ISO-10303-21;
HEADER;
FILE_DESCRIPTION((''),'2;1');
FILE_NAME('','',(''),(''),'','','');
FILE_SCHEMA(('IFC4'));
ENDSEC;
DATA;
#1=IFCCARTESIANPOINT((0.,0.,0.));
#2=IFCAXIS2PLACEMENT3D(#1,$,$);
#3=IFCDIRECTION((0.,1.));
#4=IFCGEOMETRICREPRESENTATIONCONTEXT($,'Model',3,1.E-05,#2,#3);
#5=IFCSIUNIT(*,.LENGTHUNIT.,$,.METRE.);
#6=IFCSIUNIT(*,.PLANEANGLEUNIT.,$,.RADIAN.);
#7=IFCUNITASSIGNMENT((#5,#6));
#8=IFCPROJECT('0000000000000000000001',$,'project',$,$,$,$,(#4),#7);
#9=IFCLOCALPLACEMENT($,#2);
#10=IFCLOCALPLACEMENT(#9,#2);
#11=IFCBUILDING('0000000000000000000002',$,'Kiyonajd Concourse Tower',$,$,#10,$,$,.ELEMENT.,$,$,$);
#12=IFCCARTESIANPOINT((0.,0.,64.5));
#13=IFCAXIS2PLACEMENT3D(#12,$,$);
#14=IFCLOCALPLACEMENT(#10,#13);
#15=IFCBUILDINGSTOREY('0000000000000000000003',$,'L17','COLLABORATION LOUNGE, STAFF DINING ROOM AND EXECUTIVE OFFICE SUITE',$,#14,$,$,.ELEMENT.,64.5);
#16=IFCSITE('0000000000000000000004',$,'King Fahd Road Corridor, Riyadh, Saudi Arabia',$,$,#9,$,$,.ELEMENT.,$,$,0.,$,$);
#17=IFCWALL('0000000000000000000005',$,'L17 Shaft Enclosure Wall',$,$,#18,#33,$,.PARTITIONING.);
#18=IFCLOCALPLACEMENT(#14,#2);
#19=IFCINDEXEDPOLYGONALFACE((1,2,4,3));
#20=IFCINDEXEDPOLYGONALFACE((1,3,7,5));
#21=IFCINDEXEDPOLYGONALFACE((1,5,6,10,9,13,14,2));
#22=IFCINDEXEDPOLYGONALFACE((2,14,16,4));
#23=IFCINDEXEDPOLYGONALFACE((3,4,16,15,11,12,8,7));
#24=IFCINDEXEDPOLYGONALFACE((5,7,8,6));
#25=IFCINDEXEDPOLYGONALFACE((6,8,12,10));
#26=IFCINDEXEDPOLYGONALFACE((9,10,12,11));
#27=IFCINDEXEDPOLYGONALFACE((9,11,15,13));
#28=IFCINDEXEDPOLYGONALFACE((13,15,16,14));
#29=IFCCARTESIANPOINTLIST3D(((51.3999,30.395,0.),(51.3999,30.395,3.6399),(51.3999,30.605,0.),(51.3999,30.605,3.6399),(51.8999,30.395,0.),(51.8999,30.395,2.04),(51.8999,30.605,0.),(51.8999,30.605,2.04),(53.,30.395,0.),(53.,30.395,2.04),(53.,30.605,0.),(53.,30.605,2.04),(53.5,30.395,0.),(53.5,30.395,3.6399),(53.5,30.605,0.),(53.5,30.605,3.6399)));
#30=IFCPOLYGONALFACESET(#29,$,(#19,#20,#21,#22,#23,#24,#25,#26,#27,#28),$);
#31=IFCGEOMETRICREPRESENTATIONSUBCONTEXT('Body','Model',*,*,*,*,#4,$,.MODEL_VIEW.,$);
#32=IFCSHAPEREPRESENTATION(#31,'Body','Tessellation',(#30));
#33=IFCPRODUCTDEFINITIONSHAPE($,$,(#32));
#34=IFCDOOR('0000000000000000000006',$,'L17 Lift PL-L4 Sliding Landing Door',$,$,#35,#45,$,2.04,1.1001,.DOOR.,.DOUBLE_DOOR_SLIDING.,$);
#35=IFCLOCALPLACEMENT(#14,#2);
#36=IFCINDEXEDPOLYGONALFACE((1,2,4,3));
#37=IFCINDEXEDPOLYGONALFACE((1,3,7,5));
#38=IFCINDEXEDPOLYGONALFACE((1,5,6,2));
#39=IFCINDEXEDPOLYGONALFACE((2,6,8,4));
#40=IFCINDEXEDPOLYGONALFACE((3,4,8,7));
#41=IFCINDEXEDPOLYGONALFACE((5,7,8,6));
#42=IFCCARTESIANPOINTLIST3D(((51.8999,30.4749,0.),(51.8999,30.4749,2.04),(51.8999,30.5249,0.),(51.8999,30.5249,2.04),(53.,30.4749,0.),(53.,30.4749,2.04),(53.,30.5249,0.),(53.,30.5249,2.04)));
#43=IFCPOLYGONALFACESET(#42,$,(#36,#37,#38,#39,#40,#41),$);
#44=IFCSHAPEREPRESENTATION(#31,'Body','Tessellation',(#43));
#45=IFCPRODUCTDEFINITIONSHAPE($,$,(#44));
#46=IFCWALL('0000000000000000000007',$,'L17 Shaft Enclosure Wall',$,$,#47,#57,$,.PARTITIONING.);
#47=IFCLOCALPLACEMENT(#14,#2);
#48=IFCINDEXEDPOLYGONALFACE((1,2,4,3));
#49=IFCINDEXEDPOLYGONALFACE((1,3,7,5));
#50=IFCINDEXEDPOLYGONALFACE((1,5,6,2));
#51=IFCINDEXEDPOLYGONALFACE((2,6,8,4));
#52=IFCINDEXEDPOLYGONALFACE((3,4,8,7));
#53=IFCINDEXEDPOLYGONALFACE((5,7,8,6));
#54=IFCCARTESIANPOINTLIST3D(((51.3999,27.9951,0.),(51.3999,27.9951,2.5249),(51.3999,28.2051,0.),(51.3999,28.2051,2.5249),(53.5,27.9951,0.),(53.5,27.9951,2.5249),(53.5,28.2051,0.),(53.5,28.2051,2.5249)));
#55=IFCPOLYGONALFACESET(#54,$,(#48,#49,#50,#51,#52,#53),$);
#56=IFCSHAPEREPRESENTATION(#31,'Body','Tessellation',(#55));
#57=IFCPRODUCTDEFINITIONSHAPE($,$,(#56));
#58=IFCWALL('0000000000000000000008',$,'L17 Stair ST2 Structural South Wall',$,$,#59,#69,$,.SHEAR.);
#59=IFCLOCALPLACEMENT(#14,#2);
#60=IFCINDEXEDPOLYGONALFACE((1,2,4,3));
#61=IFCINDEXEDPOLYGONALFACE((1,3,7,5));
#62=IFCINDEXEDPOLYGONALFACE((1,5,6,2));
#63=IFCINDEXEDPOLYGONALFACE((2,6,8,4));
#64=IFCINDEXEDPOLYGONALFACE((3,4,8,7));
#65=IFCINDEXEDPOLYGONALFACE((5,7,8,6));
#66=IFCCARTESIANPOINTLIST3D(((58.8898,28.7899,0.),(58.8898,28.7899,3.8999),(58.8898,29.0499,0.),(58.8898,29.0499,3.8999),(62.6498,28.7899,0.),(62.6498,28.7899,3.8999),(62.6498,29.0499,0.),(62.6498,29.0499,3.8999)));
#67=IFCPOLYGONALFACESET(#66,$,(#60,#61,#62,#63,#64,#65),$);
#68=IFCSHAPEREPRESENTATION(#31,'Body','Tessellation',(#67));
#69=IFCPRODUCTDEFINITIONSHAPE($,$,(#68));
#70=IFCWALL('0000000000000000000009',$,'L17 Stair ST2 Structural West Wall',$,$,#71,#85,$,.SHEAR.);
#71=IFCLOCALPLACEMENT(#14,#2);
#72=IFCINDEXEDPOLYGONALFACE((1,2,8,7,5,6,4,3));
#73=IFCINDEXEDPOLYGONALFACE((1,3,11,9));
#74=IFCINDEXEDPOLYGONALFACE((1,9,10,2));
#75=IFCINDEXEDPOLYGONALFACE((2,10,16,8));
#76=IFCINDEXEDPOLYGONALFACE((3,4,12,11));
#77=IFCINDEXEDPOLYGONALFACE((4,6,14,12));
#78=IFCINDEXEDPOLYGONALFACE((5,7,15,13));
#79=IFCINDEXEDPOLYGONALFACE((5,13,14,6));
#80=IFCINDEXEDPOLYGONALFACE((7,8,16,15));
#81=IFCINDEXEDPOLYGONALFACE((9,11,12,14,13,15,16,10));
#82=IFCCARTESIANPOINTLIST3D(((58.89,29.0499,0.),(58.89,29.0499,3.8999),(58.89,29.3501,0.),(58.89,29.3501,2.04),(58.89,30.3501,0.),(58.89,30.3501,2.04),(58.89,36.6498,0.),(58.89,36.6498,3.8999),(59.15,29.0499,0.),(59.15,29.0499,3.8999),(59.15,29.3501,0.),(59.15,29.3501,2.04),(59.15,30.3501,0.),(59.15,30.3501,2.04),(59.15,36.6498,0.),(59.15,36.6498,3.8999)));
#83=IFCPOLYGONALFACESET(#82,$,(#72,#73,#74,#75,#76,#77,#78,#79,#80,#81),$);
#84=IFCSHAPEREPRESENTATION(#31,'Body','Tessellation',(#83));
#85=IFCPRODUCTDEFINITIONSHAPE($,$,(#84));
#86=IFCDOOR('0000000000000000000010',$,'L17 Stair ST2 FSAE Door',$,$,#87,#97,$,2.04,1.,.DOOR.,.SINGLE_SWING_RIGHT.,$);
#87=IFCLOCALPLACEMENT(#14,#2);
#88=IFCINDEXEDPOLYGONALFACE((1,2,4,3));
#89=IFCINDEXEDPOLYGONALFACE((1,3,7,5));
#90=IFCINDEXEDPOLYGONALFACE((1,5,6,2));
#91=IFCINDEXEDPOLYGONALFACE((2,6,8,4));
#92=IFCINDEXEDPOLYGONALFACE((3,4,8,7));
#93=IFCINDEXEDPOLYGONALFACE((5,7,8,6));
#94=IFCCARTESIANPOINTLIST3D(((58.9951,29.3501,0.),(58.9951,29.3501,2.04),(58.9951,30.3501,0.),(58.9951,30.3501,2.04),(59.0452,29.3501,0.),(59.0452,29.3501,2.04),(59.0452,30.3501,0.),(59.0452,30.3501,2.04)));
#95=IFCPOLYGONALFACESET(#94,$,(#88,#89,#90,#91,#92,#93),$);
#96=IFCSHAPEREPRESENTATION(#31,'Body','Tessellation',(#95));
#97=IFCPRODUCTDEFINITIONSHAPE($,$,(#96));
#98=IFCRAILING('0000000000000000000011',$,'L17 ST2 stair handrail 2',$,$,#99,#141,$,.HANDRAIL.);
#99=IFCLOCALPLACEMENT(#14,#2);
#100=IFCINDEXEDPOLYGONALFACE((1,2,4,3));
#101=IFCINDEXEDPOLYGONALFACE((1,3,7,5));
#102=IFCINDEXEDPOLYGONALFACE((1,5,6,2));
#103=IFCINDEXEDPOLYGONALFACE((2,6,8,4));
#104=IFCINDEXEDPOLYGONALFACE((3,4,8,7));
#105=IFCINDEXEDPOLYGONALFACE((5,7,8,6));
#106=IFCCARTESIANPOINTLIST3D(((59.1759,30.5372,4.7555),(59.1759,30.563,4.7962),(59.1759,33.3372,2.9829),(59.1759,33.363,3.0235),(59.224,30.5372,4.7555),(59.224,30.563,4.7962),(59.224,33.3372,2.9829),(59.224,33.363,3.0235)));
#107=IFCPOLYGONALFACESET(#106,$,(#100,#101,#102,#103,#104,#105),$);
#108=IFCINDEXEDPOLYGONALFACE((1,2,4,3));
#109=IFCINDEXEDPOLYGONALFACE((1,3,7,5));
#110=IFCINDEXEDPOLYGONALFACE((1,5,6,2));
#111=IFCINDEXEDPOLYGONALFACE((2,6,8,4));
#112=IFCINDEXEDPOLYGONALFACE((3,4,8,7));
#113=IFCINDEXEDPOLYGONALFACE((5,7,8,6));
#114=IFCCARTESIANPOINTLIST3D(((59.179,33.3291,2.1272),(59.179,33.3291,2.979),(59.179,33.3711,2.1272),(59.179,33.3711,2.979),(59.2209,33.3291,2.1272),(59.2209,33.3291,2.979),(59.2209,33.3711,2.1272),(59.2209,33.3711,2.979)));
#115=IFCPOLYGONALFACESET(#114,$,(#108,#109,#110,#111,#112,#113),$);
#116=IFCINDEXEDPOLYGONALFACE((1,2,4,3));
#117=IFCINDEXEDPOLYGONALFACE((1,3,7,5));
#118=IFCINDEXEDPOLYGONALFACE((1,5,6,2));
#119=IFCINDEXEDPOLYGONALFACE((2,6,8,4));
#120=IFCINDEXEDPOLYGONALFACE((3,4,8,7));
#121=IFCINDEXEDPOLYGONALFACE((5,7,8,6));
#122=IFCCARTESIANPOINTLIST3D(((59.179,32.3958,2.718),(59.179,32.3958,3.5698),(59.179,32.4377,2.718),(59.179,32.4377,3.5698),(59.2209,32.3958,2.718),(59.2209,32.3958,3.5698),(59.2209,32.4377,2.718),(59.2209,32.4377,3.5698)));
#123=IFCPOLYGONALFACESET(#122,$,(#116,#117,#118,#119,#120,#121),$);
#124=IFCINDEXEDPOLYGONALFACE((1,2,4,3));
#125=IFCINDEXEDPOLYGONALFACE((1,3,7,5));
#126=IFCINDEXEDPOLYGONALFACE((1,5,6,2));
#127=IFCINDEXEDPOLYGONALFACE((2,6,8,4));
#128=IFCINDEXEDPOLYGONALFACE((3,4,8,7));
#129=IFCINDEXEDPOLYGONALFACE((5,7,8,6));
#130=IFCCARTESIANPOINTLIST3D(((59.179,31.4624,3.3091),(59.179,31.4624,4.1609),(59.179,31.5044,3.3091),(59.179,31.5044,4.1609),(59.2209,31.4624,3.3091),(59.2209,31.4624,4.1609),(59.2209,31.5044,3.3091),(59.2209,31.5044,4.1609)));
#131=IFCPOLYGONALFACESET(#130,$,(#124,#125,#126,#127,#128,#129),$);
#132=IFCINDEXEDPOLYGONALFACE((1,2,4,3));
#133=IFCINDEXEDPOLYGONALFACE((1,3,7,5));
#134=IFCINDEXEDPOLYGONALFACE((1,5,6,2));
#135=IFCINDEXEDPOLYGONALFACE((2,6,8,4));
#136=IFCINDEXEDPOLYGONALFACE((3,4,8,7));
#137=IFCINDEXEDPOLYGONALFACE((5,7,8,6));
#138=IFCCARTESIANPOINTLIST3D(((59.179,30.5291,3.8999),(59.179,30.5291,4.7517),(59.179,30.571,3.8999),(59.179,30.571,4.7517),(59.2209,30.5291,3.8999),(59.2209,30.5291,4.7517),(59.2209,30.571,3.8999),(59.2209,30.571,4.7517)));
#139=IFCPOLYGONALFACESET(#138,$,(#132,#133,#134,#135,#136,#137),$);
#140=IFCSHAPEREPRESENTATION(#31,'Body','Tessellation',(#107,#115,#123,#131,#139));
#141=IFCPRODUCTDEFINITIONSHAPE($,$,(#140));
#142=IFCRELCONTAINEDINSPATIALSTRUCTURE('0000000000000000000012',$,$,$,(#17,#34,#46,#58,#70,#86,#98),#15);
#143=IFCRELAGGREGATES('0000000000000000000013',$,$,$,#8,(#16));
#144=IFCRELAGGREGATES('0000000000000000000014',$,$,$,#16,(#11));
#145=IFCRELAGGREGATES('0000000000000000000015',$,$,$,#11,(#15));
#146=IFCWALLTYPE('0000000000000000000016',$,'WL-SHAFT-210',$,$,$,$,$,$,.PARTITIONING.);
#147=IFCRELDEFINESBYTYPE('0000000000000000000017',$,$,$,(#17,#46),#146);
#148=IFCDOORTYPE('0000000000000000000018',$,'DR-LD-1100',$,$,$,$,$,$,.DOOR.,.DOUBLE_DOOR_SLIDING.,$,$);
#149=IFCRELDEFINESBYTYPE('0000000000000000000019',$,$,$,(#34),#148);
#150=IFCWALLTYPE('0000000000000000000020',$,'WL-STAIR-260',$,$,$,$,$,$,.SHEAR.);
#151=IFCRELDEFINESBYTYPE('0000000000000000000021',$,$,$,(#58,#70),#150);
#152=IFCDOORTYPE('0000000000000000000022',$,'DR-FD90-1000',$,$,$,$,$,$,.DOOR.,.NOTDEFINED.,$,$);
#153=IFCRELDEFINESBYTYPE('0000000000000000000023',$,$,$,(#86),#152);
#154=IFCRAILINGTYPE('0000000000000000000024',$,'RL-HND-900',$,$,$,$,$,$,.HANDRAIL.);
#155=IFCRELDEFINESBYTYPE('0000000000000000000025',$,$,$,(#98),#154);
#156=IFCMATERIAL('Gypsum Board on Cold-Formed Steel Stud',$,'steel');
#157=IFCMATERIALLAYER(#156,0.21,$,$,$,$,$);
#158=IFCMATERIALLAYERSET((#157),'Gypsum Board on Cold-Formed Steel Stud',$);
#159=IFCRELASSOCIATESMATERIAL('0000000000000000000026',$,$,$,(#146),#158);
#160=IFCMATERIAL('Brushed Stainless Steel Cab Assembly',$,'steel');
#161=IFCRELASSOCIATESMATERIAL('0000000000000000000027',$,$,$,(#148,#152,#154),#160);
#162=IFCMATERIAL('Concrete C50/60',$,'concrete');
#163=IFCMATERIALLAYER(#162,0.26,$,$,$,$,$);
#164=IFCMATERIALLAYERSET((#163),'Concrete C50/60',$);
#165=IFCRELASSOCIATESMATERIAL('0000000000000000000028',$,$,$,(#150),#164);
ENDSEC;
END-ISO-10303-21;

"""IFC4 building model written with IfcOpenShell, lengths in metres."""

from ifc_helpers import new_model, si_unit, direction, frame, frame_2d, origin, origin_2d, place, context, subcontext, project, spatial, rectangle, extrude, material, layer, layer_set, type_object, element, fill, save


model = new_model("IFC4")

# Units and contexts
model_context = context("Model", 3, precision=1e-05, world=origin(), true_north=direction((0.0, 1.0)))
body_context = subcontext(model_context, "Body", "Model", "MODEL_VIEW")
ifc_project = project(units=[si_unit("LENGTHUNIT", "METRE"), si_unit("PLANEANGLEUNIT", "RADIAN")], contexts=[model_context])

# Site, building, storey
site_placement = place(None, origin())
site = spatial("IfcSite", under=ifc_project, at=site_placement, Name="King Fahd Road Corridor, Riyadh, Saudi Arabia", CompositionType="ELEMENT", RefElevation=0.0)
building_placement = place(site_placement, origin())
building = spatial("IfcBuilding", under=site, at=building_placement, Name="Kiyonajd Concourse Tower", CompositionType="ELEMENT")
storey_placement = place(building_placement, frame((0.0, 0.0, 64.5)))
storey = spatial("IfcBuildingStorey", under=building, at=storey_placement, Name="L17", Description="COLLABORATION LOUNGE, STAFF DINING ROOM AND EXECUTIVE OFFICE SUITE", CompositionType="ELEMENT", Elevation=64.5)

# Shared definitions
ifc_material_1 = material(Name="Concrete C50/60", Category="concrete")

# Shared definitions
ifc_material_2 = material(Name="Brushed Stainless Steel Cab Assembly", Category="steel")
ifc_material_3 = material(Name="Gypsum Board on Cold-Formed Steel Stud", Category="steel")
ifc_layer_1 = layer(ifc_material_3, 0.21)
ifc_layer_set_1 = layer_set([ifc_layer_1], Name="Gypsum Board on Cold-Formed Steel Stud")
wall_type_1 = type_object("IfcWallType", Name="WL-SHAFT-210", PredefinedType="PARTITIONING", material=ifc_layer_set_1)

# Wall, opening, door
wall_1_placement = place(storey_placement, frame((51.3999, 30.5, 0.0), z_axis=(0.0, 0.0, 1.0), x_axis=(1.0, 0.0, 0.0)))
wall_1 = element("IfcWall", 1, at=wall_1_placement, inside=storey, type_object=wall_type_1, Name="L17 Shaft Enclosure Wall", PredefinedType="PARTITIONING", context=body_context, shape_type="SweptSolid", body=[
    extrude(rectangle(XDim=2.1001, YDim=0.21, at=frame_2d((1.05, 0.0))), origin(), (0.0, 0.0, 1.0), 3.6399),
])
opening_1_placement = place(wall_1_placement, frame((0.5, 0.0, 0.0)))
opening_1 = element("IfcOpeningElement", 2, at=opening_1_placement, cuts=wall_1, PredefinedType="OPENING", context=body_context, shape_type="SweptSolid", body=[
    extrude(rectangle(XDim=1.1001, YDim=2.04, at=frame_2d((0.55, 1.02))), frame((0.0, 0.115, 0.0), z_axis=(0.0, -1.0, 0.0), x_axis=(1.0, 0.0, 0.0)), (0.0, 0.0, 1.0), 0.23),
])
door_type_1 = type_object("IfcDoorType", Name="DR-LD-1100", OperationType="DOUBLE_DOOR_SLIDING", PredefinedType="DOOR", material=ifc_material_2)
door_1_placement = place(opening_1_placement, origin())
door_1 = element("IfcDoor", 3, at=door_1_placement, inside=storey, type_object=door_type_1, Name="L17 Lift PL-L4 Sliding Landing Door", OperationType="DOUBLE_DOOR_SLIDING", OverallHeight=2.04, OverallWidth=1.1001, PredefinedType="DOOR", context=body_context, shape_type="SweptSolid", body=[
    extrude(rectangle(XDim=1.1001, YDim=2.04, at=frame_2d((0.55, 1.02))), frame((0.0, 0.0249, 0.0), z_axis=(0.0, -1.0, 0.0), x_axis=(1.0, 0.0, 0.0)), (0.0, 0.0, 1.0), 0.05),
])
fill(opening_1, door_1)

# Walls
wall_2_placement = place(storey_placement, frame((51.3999, 28.1001, 0.0), z_axis=(0.0, 0.0, 1.0), x_axis=(1.0, 0.0, 0.0)))
element("IfcWall", 4, at=wall_2_placement, inside=storey, type_object=wall_type_1, Name="L17 Shaft Enclosure Wall", PredefinedType="PARTITIONING", context=body_context, shape_type="SweptSolid", body=[
    extrude(rectangle(XDim=2.1001, YDim=0.21, at=frame_2d((1.05, 0.0))), origin(), (0.0, 0.0, 1.0), 2.5249),
])
ifc_layer_2 = layer(ifc_material_1, 0.26)
ifc_layer_set_2 = layer_set([ifc_layer_2], Name="Concrete C50/60")
wall_type_2 = type_object("IfcWallType", Name="WL-STAIR-260", PredefinedType="SHEAR", material=ifc_layer_set_2)
wall_3_placement = place(storey_placement, frame((58.8899, 28.9199, 0.0), z_axis=(0.0, 0.0, 1.0), x_axis=(1.0, 0.0, 0.0)))
element("IfcWall", 5, at=wall_3_placement, inside=storey, type_object=wall_type_2, Name="L17 Stair ST2 Structural South Wall", PredefinedType="SHEAR", context=body_context, shape_type="SweptSolid", body=[
    extrude(rectangle(XDim=3.76, YDim=0.26, at=frame_2d((1.8799, 0.0))), origin(), (0.0, 0.0, 1.0), 3.8999),
])

# Wall, opening, door
wall_4_placement = place(storey_placement, frame((59.02, 29.05, 0.0), z_axis=(0.0, 0.0, 1.0), x_axis=(0.0, 1.0, 0.0)))
wall_4 = element("IfcWall", 6, at=wall_4_placement, inside=storey, type_object=wall_type_2, Name="L17 Stair ST2 Structural West Wall", PredefinedType="SHEAR", context=body_context, shape_type="SweptSolid", body=[
    extrude(rectangle(XDim=7.5999, YDim=0.26, at=frame_2d((3.7998, 0.0))), origin(), (0.0, 0.0, 1.0), 3.8999),
])
opening_2_placement = place(wall_4_placement, frame((0.3, 0.0, 0.0)))
opening_2 = element("IfcOpeningElement", 7, at=opening_2_placement, cuts=wall_4, PredefinedType="OPENING", context=body_context, shape_type="SweptSolid", body=[
    extrude(rectangle(XDim=1.0, YDim=2.04, at=frame_2d((0.5, 1.02))), frame((0.0, 0.1399, 0.0), z_axis=(0.0, -1.0, 0.0), x_axis=(1.0, 0.0, 0.0)), (0.0, 0.0, 1.0), 0.28),
])
door_type_2 = type_object("IfcDoorType", Name="DR-FD90-1000", OperationType="NOTDEFINED", PredefinedType="DOOR", material=ifc_material_2)
door_2_placement = place(opening_2_placement, origin())
door_2 = element("IfcDoor", 8, at=door_2_placement, inside=storey, type_object=door_type_2, Name="L17 Stair ST2 FSAE Door", OperationType="SINGLE_SWING_RIGHT", OverallHeight=2.04, OverallWidth=1.0, PredefinedType="DOOR", context=body_context, shape_type="SweptSolid", body=[
    extrude(rectangle(XDim=1.0, YDim=2.04, at=frame_2d((0.5, 1.02))), frame((0.0, 0.0249, 0.0), z_axis=(0.0, -1.0, 0.0), x_axis=(1.0, 0.0, 0.0)), (0.0, 0.0, 1.0), 0.05),
])
fill(opening_2, door_2)

# Railing
railing_type = type_object("IfcRailingType", Name="RL-HND-900", PredefinedType="HANDRAIL", material=ifc_material_2)
railing_placement = place(storey_placement, frame((59.2, 33.3501, 2.1272)))
element("IfcRailing", 9, at=railing_placement, inside=storey, type_object=railing_type, Name="L17 ST2 stair handrail 2", PredefinedType="HANDRAIL", context=body_context, shape_type="SweptSolid", body=[
    extrude(rectangle(XDim=0.0481, YDim=0.0481, at=origin_2d()), frame((0.0, 0.0, 0.876), z_axis=(0.0, -0.844909, 0.53491), x_axis=(1.0, 0.0, 0.0)), (0.0, 0.0, 1.0), 3.314),
    extrude(rectangle(XDim=0.042, YDim=0.042, at=origin_2d()), origin(), (0.0, 0.0, 1.0), 0.8518),
    extrude(rectangle(XDim=0.042, YDim=0.042, at=origin_2d()), frame((0.0, -0.9333, 0.5908)), (0.0, 0.0, 1.0), 0.8518),
    extrude(rectangle(XDim=0.042, YDim=0.042, at=origin_2d()), frame((0.0, -1.8667, 1.1819)), (0.0, 0.0, 1.0), 0.8518),
    extrude(rectangle(XDim=0.042, YDim=0.042, at=origin_2d()), frame((0.0, -2.8, 1.7727)), (0.0, 0.0, 1.0), 0.8518),
])

save(model, "model.ifc")
